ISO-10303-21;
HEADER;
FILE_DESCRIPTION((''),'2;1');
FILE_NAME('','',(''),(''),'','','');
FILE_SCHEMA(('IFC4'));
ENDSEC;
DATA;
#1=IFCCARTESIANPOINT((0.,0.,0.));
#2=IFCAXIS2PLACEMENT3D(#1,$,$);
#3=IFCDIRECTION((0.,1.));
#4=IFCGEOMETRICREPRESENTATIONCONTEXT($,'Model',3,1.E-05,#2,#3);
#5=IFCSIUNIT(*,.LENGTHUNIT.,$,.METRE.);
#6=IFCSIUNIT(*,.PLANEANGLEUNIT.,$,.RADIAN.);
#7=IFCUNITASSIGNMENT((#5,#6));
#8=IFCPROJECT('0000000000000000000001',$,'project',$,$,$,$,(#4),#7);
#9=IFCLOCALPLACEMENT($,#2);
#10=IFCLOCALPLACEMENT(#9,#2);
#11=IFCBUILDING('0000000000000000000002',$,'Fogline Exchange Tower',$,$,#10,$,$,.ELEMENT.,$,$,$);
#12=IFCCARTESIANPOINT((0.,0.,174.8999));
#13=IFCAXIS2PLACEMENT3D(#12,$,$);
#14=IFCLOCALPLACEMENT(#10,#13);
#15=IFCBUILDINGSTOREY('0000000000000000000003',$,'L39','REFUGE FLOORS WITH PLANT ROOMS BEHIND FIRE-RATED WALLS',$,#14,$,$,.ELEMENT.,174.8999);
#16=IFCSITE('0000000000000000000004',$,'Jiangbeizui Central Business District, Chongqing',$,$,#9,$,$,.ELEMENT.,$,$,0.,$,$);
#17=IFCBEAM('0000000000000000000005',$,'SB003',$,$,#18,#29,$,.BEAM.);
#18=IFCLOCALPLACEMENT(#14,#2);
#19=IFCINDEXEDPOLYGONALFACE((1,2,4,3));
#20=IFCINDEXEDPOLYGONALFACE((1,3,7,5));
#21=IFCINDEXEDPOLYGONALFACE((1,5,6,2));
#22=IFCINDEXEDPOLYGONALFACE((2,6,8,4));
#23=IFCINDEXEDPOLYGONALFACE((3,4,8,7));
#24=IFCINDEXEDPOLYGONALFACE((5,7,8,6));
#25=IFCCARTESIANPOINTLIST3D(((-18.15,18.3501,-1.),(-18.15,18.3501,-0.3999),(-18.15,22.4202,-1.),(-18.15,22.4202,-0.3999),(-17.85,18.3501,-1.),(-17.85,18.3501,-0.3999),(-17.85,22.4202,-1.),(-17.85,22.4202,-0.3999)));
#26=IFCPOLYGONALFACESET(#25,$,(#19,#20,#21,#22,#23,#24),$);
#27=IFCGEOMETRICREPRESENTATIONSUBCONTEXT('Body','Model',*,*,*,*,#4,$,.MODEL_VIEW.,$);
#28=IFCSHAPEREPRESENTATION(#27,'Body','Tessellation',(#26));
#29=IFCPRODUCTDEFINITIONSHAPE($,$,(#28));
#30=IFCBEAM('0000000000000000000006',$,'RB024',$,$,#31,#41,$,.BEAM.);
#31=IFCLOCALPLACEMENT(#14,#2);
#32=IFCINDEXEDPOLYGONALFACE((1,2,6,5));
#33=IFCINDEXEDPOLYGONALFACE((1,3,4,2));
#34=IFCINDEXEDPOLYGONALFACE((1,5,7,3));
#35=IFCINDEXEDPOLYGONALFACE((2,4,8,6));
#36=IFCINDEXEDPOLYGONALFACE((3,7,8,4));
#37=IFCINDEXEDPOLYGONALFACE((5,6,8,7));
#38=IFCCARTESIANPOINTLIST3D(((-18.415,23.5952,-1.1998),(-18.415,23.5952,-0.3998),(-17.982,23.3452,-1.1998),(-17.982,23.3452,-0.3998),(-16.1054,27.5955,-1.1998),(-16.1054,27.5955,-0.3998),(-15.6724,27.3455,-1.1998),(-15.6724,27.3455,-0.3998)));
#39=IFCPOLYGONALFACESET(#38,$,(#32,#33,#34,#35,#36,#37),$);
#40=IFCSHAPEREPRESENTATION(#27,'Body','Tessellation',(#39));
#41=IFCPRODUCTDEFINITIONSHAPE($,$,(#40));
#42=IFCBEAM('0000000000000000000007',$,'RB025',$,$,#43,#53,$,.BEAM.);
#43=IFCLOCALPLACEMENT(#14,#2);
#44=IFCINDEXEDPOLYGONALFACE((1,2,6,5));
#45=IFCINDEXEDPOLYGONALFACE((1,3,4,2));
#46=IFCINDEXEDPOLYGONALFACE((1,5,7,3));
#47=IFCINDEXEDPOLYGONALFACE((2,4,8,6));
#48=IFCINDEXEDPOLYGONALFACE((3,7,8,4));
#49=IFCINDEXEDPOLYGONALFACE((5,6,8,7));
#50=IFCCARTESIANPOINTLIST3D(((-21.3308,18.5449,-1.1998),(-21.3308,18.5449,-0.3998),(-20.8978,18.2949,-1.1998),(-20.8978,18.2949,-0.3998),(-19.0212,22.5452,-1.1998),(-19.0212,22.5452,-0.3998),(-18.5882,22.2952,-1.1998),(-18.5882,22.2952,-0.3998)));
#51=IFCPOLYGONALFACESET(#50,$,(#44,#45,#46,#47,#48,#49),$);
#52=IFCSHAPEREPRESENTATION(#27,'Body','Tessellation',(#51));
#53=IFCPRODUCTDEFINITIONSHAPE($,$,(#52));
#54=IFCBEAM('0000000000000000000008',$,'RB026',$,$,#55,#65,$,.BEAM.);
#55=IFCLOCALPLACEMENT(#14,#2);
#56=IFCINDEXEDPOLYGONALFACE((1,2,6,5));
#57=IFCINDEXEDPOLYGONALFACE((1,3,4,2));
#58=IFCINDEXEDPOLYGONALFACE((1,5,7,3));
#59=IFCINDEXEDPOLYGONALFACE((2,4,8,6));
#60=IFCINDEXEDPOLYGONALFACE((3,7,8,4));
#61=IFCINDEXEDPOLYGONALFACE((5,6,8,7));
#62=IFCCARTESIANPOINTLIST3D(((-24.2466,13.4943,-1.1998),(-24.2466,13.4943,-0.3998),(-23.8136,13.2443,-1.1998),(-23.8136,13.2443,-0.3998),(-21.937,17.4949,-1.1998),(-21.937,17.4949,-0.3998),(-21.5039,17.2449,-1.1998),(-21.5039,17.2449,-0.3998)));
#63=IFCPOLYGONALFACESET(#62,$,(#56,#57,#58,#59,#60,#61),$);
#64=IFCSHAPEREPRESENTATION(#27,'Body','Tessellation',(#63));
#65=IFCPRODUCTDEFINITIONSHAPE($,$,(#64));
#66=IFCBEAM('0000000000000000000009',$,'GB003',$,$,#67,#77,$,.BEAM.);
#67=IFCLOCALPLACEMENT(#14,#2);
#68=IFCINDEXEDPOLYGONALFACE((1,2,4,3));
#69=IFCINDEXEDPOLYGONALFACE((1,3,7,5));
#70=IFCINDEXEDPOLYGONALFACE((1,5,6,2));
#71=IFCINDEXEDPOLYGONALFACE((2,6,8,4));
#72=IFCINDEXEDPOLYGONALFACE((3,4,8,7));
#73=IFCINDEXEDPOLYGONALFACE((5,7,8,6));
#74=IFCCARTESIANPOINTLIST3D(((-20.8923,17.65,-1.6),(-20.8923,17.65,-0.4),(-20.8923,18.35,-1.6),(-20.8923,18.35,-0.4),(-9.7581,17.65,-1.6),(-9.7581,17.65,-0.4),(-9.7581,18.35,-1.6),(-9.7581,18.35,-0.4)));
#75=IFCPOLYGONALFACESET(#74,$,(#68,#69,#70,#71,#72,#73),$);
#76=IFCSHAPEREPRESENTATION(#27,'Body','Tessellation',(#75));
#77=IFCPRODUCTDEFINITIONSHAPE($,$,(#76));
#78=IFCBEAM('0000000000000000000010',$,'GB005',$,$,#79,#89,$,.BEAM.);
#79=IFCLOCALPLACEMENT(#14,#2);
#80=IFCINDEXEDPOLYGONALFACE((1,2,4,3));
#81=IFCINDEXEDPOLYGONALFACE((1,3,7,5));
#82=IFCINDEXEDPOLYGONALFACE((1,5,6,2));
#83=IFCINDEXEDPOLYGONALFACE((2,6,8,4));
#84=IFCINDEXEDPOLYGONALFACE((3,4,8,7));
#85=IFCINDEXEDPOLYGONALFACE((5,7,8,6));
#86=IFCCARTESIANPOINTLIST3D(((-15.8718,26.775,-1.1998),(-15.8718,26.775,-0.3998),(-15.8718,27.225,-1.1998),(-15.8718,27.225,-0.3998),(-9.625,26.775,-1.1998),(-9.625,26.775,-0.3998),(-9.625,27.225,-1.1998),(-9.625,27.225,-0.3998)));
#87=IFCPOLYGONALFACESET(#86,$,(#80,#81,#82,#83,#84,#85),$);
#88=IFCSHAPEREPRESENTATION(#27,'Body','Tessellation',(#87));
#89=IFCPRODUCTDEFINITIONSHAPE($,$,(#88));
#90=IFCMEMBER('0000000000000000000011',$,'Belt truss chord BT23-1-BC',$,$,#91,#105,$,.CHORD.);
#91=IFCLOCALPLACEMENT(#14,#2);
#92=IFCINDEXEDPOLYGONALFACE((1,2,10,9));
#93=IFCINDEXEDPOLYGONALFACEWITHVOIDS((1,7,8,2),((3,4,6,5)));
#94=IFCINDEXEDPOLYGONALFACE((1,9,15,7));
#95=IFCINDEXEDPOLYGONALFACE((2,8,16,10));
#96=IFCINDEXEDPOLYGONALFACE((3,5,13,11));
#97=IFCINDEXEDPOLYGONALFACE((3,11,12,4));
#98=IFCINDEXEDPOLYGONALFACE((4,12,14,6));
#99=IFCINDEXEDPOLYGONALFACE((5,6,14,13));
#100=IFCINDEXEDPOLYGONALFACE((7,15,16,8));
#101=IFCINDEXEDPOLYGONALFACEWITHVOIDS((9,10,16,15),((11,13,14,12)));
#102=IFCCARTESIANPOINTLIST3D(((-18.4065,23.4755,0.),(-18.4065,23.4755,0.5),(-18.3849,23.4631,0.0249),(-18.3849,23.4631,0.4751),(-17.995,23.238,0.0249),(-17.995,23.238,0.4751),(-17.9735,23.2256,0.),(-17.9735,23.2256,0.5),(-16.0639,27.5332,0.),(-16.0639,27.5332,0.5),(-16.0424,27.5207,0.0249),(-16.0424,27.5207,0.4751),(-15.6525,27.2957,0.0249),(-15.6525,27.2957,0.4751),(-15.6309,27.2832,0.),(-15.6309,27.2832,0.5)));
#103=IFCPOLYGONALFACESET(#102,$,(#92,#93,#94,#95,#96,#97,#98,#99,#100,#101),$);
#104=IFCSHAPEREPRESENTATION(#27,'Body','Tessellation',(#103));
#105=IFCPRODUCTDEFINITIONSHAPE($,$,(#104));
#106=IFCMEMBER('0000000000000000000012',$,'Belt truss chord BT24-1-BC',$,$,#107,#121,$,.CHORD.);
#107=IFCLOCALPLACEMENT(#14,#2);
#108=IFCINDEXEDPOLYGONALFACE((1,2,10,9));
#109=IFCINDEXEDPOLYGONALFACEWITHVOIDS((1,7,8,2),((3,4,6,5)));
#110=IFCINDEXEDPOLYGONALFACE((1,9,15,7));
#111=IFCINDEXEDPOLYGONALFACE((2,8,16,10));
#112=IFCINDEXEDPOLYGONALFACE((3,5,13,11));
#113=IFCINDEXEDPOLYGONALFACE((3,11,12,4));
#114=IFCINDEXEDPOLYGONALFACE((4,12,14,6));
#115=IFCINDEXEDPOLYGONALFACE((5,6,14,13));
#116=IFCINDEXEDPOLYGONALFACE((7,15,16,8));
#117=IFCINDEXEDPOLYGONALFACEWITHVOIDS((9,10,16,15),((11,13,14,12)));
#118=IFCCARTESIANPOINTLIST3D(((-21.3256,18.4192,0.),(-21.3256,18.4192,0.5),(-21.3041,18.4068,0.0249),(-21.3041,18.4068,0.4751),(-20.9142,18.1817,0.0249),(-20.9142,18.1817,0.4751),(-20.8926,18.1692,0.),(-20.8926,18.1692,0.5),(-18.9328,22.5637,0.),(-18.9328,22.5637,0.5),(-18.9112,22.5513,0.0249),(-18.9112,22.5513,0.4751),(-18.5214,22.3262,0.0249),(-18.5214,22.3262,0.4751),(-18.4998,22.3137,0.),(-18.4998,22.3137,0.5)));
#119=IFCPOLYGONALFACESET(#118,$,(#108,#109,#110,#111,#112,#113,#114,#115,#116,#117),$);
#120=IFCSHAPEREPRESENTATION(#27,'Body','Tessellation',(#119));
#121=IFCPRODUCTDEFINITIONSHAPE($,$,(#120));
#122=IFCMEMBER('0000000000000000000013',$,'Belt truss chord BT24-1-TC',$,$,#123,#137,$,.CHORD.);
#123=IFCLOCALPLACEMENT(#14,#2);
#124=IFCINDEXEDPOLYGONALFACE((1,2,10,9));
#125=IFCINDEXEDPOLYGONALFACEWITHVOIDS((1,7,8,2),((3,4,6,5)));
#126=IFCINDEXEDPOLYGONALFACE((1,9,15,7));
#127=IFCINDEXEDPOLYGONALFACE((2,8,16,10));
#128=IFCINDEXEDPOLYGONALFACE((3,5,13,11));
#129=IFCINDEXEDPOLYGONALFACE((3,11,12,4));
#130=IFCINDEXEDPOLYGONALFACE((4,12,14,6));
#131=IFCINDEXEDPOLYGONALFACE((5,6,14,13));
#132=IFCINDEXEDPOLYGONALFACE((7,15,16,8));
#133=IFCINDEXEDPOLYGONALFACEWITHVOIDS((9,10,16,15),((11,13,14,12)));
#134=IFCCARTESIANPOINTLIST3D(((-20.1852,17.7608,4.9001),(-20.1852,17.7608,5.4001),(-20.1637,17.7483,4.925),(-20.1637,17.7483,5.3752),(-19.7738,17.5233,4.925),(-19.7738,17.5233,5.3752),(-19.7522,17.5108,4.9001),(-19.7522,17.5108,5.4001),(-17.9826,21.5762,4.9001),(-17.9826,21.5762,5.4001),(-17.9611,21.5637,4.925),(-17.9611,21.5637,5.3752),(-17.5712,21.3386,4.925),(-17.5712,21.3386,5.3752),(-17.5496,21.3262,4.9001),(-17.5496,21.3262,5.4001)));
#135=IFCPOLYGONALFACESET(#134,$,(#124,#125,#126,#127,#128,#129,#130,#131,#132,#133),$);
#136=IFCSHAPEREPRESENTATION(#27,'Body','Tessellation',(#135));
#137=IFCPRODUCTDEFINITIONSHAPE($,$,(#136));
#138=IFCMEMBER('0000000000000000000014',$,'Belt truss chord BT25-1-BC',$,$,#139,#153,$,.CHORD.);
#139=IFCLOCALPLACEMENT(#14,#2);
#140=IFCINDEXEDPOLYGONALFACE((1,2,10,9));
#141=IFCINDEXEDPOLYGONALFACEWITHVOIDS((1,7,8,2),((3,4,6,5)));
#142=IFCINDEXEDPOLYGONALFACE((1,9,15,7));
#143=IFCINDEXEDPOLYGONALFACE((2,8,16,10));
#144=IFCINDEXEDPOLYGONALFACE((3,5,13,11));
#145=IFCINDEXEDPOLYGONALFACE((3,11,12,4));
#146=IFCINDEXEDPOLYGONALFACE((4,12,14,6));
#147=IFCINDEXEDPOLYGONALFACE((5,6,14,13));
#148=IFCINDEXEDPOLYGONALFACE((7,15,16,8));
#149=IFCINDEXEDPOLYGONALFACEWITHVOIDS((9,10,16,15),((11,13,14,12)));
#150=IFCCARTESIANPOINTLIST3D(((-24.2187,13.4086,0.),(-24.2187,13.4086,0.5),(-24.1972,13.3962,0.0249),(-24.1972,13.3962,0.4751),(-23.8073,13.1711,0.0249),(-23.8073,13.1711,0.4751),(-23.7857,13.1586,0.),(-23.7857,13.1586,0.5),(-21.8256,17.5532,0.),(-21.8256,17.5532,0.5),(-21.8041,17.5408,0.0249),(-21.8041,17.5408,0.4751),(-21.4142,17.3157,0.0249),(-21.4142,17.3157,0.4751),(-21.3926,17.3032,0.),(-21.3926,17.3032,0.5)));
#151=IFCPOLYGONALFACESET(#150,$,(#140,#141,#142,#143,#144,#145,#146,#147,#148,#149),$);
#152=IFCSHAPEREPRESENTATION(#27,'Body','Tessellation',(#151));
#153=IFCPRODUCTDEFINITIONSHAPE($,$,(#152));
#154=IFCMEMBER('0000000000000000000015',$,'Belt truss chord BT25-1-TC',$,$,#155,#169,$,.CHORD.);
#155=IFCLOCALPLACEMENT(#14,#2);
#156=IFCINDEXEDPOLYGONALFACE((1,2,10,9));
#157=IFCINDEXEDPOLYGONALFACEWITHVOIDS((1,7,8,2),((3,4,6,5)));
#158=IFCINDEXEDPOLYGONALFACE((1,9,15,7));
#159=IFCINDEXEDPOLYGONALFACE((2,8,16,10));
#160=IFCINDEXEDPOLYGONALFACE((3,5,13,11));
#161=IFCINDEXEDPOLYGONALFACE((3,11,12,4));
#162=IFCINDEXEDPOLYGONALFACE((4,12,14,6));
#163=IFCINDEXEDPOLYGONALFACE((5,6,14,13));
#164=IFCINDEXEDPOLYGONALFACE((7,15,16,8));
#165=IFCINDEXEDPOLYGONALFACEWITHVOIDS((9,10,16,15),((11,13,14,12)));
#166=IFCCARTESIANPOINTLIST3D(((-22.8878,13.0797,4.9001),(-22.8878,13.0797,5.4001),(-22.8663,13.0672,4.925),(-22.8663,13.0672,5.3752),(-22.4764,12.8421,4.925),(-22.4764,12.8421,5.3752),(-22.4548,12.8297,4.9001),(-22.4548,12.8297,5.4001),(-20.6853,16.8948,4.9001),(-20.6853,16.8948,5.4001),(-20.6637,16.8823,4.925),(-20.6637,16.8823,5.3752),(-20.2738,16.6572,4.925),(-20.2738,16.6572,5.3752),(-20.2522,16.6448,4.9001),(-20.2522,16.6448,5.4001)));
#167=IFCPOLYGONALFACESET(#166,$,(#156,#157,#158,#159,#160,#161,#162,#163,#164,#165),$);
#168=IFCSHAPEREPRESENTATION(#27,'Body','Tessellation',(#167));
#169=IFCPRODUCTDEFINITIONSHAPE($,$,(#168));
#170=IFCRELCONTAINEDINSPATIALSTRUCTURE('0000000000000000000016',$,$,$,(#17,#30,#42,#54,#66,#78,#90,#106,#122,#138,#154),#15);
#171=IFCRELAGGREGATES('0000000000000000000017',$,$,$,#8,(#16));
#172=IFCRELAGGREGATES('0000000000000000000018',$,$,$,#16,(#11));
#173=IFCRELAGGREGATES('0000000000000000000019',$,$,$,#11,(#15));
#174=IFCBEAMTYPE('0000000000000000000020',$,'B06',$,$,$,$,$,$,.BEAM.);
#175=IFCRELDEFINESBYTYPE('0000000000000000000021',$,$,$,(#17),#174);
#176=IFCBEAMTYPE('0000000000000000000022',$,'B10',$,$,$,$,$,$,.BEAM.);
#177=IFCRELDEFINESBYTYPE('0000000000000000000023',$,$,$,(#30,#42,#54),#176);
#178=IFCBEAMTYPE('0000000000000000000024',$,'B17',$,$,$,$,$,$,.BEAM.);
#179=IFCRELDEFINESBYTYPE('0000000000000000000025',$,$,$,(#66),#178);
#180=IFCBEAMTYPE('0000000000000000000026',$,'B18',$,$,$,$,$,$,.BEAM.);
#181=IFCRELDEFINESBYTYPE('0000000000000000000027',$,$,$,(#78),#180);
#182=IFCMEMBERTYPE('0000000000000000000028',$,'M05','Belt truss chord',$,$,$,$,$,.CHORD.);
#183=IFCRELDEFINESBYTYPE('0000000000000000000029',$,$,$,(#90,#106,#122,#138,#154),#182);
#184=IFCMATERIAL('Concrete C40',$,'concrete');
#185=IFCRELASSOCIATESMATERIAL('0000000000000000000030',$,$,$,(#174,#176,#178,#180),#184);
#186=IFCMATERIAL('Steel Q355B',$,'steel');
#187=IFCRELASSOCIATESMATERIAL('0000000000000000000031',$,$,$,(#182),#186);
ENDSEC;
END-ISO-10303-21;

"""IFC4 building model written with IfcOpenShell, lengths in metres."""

from ifc_helpers import new_model, si_unit, direction, frame, origin, origin_2d, place, context, subcontext, project, spatial, rectangle, hollow_rectangle, extrude, material, material_profile, profile_set, type_object, element, save


model = new_model("IFC4")

# Units and contexts
model_context = context("Model", 3, precision=1e-05, world=origin(), true_north=direction((0.0, 1.0)))
body_context = subcontext(model_context, "Body", "Model", "MODEL_VIEW")
ifc_project = project(units=[si_unit("LENGTHUNIT", "METRE"), si_unit("PLANEANGLEUNIT", "RADIAN")], contexts=[model_context])

# Site, building, storey
site_placement = place(None, origin())
site = spatial("IfcSite", under=ifc_project, at=site_placement, Name="Jiangbeizui Central Business District, Chongqing", CompositionType="ELEMENT", RefElevation=0.0)
building_placement = place(site_placement, origin())
building = spatial("IfcBuilding", under=site, at=building_placement, Name="Fogline Exchange Tower", CompositionType="ELEMENT")
storey_placement = place(building_placement, frame((0.0, 0.0, 174.8999)))
storey = spatial("IfcBuildingStorey", under=building, at=storey_placement, Name="L39", Description="REFUGE FLOORS WITH PLANT ROOMS BEHIND FIRE-RATED WALLS", CompositionType="ELEMENT", Elevation=174.8999)

# Beams
ifc_material_1 = material(Name="Concrete C40", Category="concrete")
ifc_material_profile_1 = material_profile(ifc_material_1, rectangle(XDim=0.3, YDim=0.6001, at=origin_2d()), Name="RC 300x600")
ifc_profile_set_1 = profile_set([ifc_material_profile_1], Name="Concrete C40")
beam_type_1 = type_object("IfcBeamType", Name="B06", PredefinedType="BEAM", material=ifc_profile_set_1)
beam_1_placement = place(storey_placement, frame((-18.0, 18.3501, -0.7), z_axis=(0.0, 1.0, 0.0), x_axis=(-1.0, 0.0, 0.0)))
element("IfcBeam", 1, at=beam_1_placement, inside=storey, type_object=beam_type_1, Name="SB003", PredefinedType="BEAM", context=body_context, shape_type="SweptSolid", body=[
    extrude(rectangle(XDim=0.3, YDim=0.6001, at=origin_2d()), origin(), (0.0, 0.0, 1.0), 4.0701),
])
ifc_material_profile_2 = material_profile(ifc_material_1, rectangle(XDim=0.5, YDim=0.8, at=origin_2d()), Name="RC 500x800")
ifc_profile_set_2 = profile_set([ifc_material_profile_2], Name="Concrete C40")
beam_type_2 = type_object("IfcBeamType", Name="B10", PredefinedType="BEAM", material=ifc_profile_set_2)
for number, where, z_axis, x_axis, name in (
    (2, (-15.8889, 27.4705, -0.7998), (-0.500005, -0.866023, 0.0), (0.866023, -0.500005, 0.0), "RB024"),
    (3, (-18.8047, 22.4202, -0.7998), (-0.500005, -0.866023, 0.0), (0.866023, -0.500005, 0.0), "RB025"),
):
    element("IfcBeam", number, at=place(storey_placement, frame(where, z_axis=z_axis, x_axis=x_axis)), inside=storey, type_object=beam_type_2, Name=name, PredefinedType="BEAM", context=body_context, shape_type="SweptSolid", body=[
        extrude(rectangle(XDim=0.5, YDim=0.8, at=origin_2d()), origin(), (0.0, 0.0, 1.0), 4.6191),
    ])
beam_2_placement = place(storey_placement, frame((-21.7205, 17.3699, -0.7998), z_axis=(-0.499982, -0.866036, 0.0), x_axis=(0.866036, -0.499982, 0.0)))
element("IfcBeam", 4, at=beam_2_placement, inside=storey, type_object=beam_type_2, Name="RB026", PredefinedType="BEAM", context=body_context, shape_type="SweptSolid", body=[
    extrude(rectangle(XDim=0.5, YDim=0.8, at=origin_2d()), origin(), (0.0, 0.0, 1.0), 4.6194),
])
ifc_material_profile_3 = material_profile(ifc_material_1, rectangle(XDim=0.7, YDim=1.2, at=origin_2d()), Name="RC 700x1200")
ifc_profile_set_3 = profile_set([ifc_material_profile_3], Name="Concrete C40")
beam_type_3 = type_object("IfcBeamType", Name="B17", PredefinedType="BEAM", material=ifc_profile_set_3)
beam_3_placement = place(storey_placement, frame((-20.8923, 18.0, -1.0), z_axis=(1.0, 0.0, 0.0), x_axis=(0.0, 1.0, 0.0)))
element("IfcBeam", 5, at=beam_3_placement, inside=storey, type_object=beam_type_3, Name="GB003", PredefinedType="BEAM", context=body_context, shape_type="SweptSolid", body=[
    extrude(rectangle(XDim=0.7, YDim=1.2, at=origin_2d()), origin(), (0.0, 0.0, 1.0), 11.1343),
])
ifc_material_profile_4 = material_profile(ifc_material_1, rectangle(XDim=0.45, YDim=0.8, at=origin_2d()), Name="RC 450x800")
ifc_profile_set_4 = profile_set([ifc_material_profile_4], Name="Concrete C40")
beam_type_4 = type_object("IfcBeamType", Name="B18", PredefinedType="BEAM", material=ifc_profile_set_4)
beam_4_placement = place(storey_placement, frame((-15.8718, 27.0, -0.7998), z_axis=(1.0, 0.0, 0.0), x_axis=(0.0, 1.0, 0.0)))
element("IfcBeam", 6, at=beam_4_placement, inside=storey, type_object=beam_type_4, Name="GB005", PredefinedType="BEAM", context=body_context, shape_type="SweptSolid", body=[
    extrude(rectangle(XDim=0.45, YDim=0.8, at=origin_2d()), origin(), (0.0, 0.0, 1.0), 6.2468),
])

# Members
ifc_material_2 = material(Name="Steel Q355B", Category="steel")
ifc_material_profile_5 = material_profile(ifc_material_2, hollow_rectangle(XDim=0.5, YDim=0.5, WallThickness=0.0249, at=origin_2d()), Name="BOX500X500X25")
ifc_profile_set_5 = profile_set([ifc_material_profile_5], Name="Steel Q355B")
member_type_1 = type_object("IfcMemberType", Name="M05", Description="Belt truss chord", PredefinedType="CHORD", material=ifc_profile_set_5)
member_1_placement = place(storey_placement, frame((-15.8474, 27.4082, 0.25), z_axis=(-0.499978, -0.866038, 0.0), x_axis=(0.866038, -0.499978, 0.0)))
element("IfcMember", 7, at=member_1_placement, inside=storey, type_object=member_type_1, Name="Belt truss chord BT23-1-BC", PredefinedType="CHORD", context=body_context, shape_type="SweptSolid", body=[
    extrude(hollow_rectangle(XDim=0.5, YDim=0.5, WallThickness=0.0249, at=origin_2d()), origin(), (0.0, 0.0, 1.0), 4.6853),
])
member_2_placement = place(storey_placement, frame((-18.7163, 22.4387, 0.25), z_axis=(-0.499996, -0.866028, 0.0), x_axis=(0.866028, -0.499996, 0.0)))
element("IfcMember", 8, at=member_2_placement, inside=storey, type_object=member_type_1, Name="Belt truss chord BT24-1-BC", PredefinedType="CHORD", context=body_context, shape_type="SweptSolid", body=[
    extrude(hollow_rectangle(XDim=0.5, YDim=0.5, WallThickness=0.0249, at=origin_2d()), origin(), (0.0, 0.0, 1.0), 4.7856),
])
member_3_placement = place(storey_placement, frame((-17.7661, 21.4512, 5.1501), z_axis=(-0.499966, -0.866045, 0.0), x_axis=(0.866045, -0.499966, 0.0)))
element("IfcMember", 9, at=member_3_placement, inside=storey, type_object=member_type_1, Name="Belt truss chord BT24-1-TC", PredefinedType="CHORD", context=body_context, shape_type="SweptSolid", body=[
    extrude(hollow_rectangle(XDim=0.5, YDim=0.5, WallThickness=0.0249, at=origin_2d()), origin(), (0.0, 0.0, 1.0), 4.4055),
])
member_4_placement = place(storey_placement, frame((-21.6091, 17.4282, 0.25), z_axis=(-0.500035, -0.866005, 0.0), x_axis=(0.866005, -0.500035, 0.0)))
element("IfcMember", 10, at=member_4_placement, inside=storey, type_object=member_type_1, Name="Belt truss chord BT25-1-BC", PredefinedType="CHORD", context=body_context, shape_type="SweptSolid", body=[
    extrude(hollow_rectangle(XDim=0.5, YDim=0.5, WallThickness=0.0249, at=origin_2d()), origin(), (0.0, 0.0, 1.0), 4.7859),
])
member_5_placement = place(storey_placement, frame((-20.4688, 16.7698, 5.1501), z_axis=(-0.499989, -0.866031, 0.0), x_axis=(0.866031, -0.499989, 0.0)))
element("IfcMember", 11, at=member_5_placement, inside=storey, type_object=member_type_1, Name="Belt truss chord BT25-1-TC", PredefinedType="CHORD", context=body_context, shape_type="SweptSolid", body=[
    extrude(hollow_rectangle(XDim=0.5, YDim=0.5, WallThickness=0.0249, at=origin_2d()), origin(), (0.0, 0.0, 1.0), 4.4053),
])

save(model, "model.ifc")
